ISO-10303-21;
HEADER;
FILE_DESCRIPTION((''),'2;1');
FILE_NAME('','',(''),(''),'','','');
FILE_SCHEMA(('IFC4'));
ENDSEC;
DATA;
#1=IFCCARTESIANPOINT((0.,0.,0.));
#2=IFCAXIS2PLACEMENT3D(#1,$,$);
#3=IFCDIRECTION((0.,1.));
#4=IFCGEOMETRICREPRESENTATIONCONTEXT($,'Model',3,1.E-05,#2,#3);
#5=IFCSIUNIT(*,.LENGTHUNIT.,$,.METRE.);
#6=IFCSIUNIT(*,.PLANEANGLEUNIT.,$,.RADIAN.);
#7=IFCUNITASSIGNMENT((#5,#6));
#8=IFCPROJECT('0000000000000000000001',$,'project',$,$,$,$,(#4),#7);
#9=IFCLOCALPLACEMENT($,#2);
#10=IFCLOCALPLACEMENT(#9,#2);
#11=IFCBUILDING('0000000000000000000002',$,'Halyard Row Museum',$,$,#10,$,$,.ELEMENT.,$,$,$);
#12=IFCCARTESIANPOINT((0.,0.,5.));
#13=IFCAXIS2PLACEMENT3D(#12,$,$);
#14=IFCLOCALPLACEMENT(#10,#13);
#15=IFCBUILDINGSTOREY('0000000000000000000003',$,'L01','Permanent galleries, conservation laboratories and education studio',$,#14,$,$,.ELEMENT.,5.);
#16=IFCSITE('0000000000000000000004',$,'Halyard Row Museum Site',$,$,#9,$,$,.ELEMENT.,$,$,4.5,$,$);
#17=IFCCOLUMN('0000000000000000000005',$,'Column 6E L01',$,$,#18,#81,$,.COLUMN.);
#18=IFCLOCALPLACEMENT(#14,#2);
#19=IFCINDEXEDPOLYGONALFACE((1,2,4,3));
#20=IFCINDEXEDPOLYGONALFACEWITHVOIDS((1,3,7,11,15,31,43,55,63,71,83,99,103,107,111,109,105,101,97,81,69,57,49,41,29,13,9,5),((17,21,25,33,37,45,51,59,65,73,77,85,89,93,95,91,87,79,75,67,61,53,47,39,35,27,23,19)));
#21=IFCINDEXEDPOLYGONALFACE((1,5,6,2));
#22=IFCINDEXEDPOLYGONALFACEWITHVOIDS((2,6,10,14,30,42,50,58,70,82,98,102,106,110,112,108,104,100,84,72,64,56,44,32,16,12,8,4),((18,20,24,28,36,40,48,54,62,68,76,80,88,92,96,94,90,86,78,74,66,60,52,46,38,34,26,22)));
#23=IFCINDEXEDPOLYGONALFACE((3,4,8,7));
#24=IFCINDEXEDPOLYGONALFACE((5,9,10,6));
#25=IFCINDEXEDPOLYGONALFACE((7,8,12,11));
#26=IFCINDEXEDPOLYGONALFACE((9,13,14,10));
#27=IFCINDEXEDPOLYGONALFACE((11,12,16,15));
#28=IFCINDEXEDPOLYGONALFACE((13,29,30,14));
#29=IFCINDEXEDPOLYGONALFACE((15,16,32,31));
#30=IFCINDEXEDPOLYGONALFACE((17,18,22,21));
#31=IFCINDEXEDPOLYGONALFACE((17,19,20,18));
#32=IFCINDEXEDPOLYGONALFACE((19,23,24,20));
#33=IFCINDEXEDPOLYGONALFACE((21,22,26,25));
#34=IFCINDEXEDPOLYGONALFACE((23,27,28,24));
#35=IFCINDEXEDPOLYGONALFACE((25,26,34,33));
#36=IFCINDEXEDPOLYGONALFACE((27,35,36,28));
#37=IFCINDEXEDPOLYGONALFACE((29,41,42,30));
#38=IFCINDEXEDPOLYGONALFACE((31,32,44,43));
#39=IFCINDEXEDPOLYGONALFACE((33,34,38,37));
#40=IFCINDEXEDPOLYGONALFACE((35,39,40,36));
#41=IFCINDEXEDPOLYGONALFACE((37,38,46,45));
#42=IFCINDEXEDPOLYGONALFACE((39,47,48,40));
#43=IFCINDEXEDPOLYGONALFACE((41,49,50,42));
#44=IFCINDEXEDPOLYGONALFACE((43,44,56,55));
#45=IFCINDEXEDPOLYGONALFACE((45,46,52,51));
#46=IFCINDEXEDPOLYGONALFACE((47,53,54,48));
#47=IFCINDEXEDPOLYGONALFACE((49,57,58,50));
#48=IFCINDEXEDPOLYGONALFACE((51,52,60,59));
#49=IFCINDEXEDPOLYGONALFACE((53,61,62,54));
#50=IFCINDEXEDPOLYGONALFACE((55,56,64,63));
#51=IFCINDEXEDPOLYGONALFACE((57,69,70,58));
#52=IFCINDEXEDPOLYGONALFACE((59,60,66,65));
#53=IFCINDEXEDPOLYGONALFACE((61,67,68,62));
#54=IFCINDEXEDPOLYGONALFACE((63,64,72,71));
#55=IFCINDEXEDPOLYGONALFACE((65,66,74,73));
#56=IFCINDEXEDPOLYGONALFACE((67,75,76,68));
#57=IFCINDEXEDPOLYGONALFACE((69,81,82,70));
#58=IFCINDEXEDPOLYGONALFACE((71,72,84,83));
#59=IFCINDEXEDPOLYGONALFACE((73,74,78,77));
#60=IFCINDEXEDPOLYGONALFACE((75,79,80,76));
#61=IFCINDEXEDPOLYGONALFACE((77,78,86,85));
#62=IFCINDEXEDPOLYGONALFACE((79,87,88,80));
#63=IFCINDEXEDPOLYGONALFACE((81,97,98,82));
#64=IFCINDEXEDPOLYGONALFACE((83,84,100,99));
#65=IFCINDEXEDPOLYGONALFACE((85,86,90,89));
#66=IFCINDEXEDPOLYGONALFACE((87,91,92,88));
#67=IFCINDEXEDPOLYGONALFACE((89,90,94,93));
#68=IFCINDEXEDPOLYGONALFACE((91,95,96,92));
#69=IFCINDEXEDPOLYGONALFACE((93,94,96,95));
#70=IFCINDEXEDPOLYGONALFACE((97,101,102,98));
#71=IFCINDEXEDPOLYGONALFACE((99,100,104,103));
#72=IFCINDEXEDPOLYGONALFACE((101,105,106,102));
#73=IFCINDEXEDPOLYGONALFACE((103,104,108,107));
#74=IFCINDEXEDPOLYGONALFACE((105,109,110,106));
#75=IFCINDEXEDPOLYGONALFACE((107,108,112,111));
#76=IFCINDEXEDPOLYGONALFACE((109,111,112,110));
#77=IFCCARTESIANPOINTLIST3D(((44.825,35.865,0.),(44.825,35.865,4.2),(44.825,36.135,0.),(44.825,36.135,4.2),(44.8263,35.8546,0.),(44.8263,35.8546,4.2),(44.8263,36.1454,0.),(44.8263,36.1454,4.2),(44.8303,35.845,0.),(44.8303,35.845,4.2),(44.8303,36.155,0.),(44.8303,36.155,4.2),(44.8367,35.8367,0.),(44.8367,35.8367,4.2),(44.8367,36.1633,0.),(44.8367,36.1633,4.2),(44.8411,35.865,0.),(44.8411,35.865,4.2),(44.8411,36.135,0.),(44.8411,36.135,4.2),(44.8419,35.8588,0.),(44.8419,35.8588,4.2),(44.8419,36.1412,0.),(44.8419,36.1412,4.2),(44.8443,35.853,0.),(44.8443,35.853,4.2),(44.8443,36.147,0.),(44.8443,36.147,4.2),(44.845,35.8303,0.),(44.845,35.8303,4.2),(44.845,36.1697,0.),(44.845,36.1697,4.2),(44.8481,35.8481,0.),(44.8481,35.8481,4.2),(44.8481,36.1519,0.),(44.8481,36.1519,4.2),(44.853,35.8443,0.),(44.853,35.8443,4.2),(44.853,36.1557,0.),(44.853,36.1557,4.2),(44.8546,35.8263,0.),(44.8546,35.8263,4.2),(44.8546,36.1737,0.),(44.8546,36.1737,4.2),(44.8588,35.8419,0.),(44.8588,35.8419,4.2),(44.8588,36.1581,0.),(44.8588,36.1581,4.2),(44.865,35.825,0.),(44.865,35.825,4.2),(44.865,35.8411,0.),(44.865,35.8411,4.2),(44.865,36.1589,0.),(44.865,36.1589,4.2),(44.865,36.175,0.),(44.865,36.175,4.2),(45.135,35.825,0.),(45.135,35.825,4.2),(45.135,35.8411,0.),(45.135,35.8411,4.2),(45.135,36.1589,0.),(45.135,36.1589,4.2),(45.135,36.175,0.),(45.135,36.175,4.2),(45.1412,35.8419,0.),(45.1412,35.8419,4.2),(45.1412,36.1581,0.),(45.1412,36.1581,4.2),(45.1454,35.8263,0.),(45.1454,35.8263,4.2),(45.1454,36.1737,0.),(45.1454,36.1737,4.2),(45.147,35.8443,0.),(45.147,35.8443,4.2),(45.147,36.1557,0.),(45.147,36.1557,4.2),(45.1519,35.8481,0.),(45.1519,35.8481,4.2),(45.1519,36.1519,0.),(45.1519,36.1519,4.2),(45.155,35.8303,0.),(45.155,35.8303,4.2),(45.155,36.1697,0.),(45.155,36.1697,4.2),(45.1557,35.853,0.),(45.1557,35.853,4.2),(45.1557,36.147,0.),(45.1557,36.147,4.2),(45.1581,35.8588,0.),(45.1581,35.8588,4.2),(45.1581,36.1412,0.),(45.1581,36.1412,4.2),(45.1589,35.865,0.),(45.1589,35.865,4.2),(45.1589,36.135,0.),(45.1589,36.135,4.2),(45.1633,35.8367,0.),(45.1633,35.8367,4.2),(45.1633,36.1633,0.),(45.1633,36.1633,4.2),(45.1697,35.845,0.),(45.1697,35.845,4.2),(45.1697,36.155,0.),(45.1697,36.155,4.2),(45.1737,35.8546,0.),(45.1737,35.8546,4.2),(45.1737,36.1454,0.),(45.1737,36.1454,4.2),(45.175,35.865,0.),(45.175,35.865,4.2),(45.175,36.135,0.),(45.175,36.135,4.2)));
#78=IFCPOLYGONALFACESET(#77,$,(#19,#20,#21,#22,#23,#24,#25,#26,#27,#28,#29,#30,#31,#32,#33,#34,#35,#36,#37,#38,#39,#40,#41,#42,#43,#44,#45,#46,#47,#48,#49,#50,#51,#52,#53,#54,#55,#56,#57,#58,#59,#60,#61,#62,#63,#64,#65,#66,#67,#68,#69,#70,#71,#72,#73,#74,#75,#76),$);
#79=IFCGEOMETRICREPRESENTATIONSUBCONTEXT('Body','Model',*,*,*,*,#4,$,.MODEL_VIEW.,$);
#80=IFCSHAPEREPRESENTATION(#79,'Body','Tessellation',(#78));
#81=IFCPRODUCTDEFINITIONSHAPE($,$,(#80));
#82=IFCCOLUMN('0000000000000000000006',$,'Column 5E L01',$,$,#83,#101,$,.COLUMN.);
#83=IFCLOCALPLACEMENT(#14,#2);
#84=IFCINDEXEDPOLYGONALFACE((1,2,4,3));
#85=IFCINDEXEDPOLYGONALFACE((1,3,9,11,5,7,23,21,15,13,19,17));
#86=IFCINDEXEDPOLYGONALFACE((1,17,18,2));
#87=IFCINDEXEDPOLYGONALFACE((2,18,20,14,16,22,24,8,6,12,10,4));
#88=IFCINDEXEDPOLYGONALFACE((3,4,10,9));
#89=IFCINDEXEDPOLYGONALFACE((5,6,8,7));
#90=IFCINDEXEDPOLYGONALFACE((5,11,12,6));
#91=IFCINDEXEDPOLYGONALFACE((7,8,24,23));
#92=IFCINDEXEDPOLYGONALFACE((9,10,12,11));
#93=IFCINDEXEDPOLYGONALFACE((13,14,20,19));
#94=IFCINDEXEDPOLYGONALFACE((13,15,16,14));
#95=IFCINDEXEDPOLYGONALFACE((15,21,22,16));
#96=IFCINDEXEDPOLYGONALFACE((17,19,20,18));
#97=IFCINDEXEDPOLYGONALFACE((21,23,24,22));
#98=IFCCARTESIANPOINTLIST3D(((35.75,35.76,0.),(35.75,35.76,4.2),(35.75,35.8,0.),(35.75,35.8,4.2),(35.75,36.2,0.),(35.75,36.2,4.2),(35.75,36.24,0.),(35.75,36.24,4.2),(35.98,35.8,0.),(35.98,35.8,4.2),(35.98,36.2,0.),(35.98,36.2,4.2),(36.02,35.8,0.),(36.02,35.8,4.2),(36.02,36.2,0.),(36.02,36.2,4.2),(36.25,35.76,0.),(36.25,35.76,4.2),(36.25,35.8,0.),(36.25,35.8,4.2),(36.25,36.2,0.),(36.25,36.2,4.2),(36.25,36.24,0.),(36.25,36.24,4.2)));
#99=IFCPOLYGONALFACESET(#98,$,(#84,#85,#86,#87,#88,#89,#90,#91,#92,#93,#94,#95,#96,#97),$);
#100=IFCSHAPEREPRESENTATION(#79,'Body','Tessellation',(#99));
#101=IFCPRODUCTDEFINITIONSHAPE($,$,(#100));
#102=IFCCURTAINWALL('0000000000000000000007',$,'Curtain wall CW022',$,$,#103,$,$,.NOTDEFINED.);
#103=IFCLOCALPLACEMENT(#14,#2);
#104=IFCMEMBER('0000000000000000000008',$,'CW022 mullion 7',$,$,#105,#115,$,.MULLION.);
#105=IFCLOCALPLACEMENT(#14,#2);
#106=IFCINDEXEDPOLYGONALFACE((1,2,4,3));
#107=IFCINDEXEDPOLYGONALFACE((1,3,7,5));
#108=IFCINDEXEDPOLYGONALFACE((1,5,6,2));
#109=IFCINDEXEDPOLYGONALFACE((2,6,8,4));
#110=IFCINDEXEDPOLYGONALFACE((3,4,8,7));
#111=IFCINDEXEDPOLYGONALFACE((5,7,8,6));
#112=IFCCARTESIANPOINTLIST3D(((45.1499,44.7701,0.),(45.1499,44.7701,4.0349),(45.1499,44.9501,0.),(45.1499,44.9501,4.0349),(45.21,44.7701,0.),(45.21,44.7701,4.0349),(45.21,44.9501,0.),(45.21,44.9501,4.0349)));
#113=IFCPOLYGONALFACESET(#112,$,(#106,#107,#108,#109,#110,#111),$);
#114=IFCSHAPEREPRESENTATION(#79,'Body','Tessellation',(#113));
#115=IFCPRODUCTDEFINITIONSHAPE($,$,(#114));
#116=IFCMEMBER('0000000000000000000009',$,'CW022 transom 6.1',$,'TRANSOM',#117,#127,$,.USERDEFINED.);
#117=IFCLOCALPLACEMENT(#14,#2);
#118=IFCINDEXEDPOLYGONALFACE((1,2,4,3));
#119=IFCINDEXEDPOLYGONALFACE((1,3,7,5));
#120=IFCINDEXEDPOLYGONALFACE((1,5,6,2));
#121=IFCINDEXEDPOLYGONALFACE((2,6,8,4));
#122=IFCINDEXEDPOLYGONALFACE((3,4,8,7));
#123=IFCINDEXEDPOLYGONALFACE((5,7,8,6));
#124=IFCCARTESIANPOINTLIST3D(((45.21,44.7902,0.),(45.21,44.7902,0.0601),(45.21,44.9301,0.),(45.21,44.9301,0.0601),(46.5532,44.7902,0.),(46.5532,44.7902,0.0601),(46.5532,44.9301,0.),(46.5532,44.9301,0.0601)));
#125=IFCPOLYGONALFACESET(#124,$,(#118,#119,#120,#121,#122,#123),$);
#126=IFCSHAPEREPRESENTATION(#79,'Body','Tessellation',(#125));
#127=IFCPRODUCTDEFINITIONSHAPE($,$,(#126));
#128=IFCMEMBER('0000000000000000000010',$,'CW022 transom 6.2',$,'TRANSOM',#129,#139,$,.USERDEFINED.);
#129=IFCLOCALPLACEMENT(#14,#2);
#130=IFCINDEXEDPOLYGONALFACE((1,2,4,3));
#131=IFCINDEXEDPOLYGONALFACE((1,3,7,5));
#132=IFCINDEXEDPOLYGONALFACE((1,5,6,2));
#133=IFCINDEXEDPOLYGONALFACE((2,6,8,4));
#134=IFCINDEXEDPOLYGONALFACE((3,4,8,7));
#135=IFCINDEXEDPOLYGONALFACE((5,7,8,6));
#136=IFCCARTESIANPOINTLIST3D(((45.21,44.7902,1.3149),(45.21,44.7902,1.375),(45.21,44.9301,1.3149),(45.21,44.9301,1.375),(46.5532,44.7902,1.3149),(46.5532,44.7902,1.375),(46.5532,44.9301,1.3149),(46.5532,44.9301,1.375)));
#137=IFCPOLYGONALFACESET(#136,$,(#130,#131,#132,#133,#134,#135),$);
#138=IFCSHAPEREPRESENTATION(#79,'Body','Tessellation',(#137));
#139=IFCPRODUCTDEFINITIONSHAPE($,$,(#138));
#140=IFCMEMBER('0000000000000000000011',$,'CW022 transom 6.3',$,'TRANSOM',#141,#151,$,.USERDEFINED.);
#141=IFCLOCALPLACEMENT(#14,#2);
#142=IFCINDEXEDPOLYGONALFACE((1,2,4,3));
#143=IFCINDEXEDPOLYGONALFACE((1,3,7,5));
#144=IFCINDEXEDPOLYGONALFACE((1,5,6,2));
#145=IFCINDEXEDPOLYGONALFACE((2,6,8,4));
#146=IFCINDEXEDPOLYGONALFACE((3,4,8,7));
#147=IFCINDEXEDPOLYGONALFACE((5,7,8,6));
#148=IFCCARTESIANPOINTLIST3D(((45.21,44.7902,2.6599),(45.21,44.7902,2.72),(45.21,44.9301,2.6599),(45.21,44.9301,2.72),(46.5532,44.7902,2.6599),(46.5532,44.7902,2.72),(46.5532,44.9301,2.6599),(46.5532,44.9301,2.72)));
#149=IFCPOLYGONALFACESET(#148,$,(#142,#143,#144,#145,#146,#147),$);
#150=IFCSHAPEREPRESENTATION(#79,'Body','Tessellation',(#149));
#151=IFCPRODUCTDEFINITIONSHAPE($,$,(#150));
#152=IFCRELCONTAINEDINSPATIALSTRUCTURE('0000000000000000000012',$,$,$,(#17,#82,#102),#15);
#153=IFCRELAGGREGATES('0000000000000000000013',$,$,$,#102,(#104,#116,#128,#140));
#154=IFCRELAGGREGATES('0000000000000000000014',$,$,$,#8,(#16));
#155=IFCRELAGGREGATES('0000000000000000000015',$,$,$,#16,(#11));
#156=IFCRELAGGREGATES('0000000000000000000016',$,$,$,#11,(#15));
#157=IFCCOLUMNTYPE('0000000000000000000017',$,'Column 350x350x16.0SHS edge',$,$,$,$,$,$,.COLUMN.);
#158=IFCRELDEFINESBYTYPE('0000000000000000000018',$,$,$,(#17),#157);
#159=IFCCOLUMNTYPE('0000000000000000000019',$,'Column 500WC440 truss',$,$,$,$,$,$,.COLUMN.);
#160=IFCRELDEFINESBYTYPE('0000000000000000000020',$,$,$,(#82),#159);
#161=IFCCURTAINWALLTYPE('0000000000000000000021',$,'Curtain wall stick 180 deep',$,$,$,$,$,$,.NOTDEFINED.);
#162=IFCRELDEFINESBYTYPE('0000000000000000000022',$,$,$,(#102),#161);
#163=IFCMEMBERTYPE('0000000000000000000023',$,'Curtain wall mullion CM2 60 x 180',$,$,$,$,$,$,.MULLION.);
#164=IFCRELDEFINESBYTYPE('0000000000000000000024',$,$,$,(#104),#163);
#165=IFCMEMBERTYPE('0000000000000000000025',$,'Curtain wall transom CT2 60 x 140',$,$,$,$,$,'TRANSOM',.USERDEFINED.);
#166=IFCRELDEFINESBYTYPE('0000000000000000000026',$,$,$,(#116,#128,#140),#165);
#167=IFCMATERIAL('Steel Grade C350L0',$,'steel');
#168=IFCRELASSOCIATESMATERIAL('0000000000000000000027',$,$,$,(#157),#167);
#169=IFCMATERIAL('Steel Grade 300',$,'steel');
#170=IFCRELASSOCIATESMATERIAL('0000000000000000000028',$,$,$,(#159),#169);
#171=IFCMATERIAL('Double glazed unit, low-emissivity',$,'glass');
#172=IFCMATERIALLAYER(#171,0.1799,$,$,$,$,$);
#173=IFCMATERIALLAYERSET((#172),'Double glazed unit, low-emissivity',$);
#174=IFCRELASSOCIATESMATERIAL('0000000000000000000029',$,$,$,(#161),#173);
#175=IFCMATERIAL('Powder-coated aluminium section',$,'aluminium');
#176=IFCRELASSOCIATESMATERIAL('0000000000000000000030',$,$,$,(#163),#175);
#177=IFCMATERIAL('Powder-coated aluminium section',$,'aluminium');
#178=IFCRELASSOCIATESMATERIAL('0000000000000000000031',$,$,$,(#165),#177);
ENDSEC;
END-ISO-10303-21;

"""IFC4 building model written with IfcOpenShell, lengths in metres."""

from ifc_helpers import new_model, si_unit, direction, frame, origin, origin_2d, place, context, subcontext, project, spatial, rectangle, hollow_rectangle, i_section, extrude, material, layer, layer_set, material_profile, profile_set, type_object, element, aggregate, save


model = new_model("IFC4")

# Units and contexts
model_context = context("Model", 3, precision=1e-05, world=origin(), true_north=direction((0.0, 1.0)))
body_context = subcontext(model_context, "Body", "Model", "MODEL_VIEW")
ifc_project = project(units=[si_unit("LENGTHUNIT", "METRE"), si_unit("PLANEANGLEUNIT", "RADIAN")], contexts=[model_context])

# Site, building, storey
site_placement = place(None, origin())
site = spatial("IfcSite", under=ifc_project, at=site_placement, Name="Halyard Row Museum Site", CompositionType="ELEMENT", RefElevation=4.5)
building_placement = place(site_placement, origin())
building = spatial("IfcBuilding", under=site, at=building_placement, Name="Halyard Row Museum", CompositionType="ELEMENT")
storey_placement = place(building_placement, frame((0.0, 0.0, 5.0)))
storey = spatial("IfcBuildingStorey", under=building, at=storey_placement, Name="L01", Description="Permanent galleries, conservation laboratories and education studio", CompositionType="ELEMENT", Elevation=5.0)

# Columns
ifc_material_1 = material(Name="Steel Grade C350L0", Category="steel")
ifc_material_profile_1 = material_profile(ifc_material_1, hollow_rectangle(XDim=0.3501, YDim=0.3501, WallThickness=0.0161, InnerFilletRadius=0.0239, OuterFilletRadius=0.04, at=origin_2d()), Name="350x350x16.0SHS")
ifc_profile_set_1 = profile_set([ifc_material_profile_1], Name="Steel Grade C350L0")
column_type_1 = type_object("IfcColumnType", Name="Column 350x350x16.0SHS edge", PredefinedType="COLUMN", material=ifc_profile_set_1)
column_1_placement = place(storey_placement, frame((45.0, 36.0, 0.0), z_axis=(0.0, 0.0, 1.0), x_axis=(1.0, 0.0, 0.0)))
element("IfcColumn", 1, at=column_1_placement, inside=storey, type_object=column_type_1, Name="Column 6E L01", PredefinedType="COLUMN", context=body_context, shape_type="SweptSolid", body=[
    extrude(hollow_rectangle(XDim=0.3501, YDim=0.3501, WallThickness=0.0161, InnerFilletRadius=0.0239, OuterFilletRadius=0.04, at=origin_2d()), origin(), (0.0, 0.0, 1.0), 4.2),
])
ifc_material_2 = material(Name="Steel Grade 300", Category="steel")
ifc_material_profile_2 = material_profile(ifc_material_2, i_section(OverallWidth=0.5, OverallDepth=0.48, WebThickness=0.04, FlangeThickness=0.04, at=origin_2d()), Name="500WC440")
ifc_profile_set_2 = profile_set([ifc_material_profile_2], Name="Steel Grade 300")
column_type_2 = type_object("IfcColumnType", Name="Column 500WC440 truss", PredefinedType="COLUMN", material=ifc_profile_set_2)
column_2_placement = place(storey_placement, frame((36.0, 36.0, 0.0), z_axis=(0.0, 0.0, 1.0), x_axis=(1.0, 0.0, 0.0)))
element("IfcColumn", 2, at=column_2_placement, inside=storey, type_object=column_type_2, Name="Column 5E L01", PredefinedType="COLUMN", context=body_context, shape_type="SweptSolid", body=[
    extrude(i_section(OverallWidth=0.5, OverallDepth=0.48, WebThickness=0.04, FlangeThickness=0.04, at=origin_2d()), origin(), (0.0, 0.0, 1.0), 4.2),
])

# Curtain wall, members
ifc_material_3 = material(Name="Double glazed unit, low-emissivity", Category="glass")
ifc_layer_1 = layer(ifc_material_3, 0.1799)
ifc_layer_set_1 = layer_set([ifc_layer_1], Name="Double glazed unit, low-emissivity")
curtain_wall_type = type_object("IfcCurtainWallType", Name="Curtain wall stick 180 deep", PredefinedType="NOTDEFINED", material=ifc_layer_set_1)
curtain_wall_placement = place(storey_placement, origin())
curtain_wall = element("IfcCurtainWall", 3, at=curtain_wall_placement, inside=storey, type_object=curtain_wall_type, Name="Curtain wall CW022", PredefinedType="NOTDEFINED")
ifc_material_4 = material(Name="Powder-coated aluminium section", Category="aluminium")
ifc_material_profile_3 = material_profile(ifc_material_4, rectangle(XDim=0.1799, YDim=0.0601, at=origin_2d()), Name="180x60 mullion")
ifc_profile_set_3 = profile_set([ifc_material_profile_3], Name="Powder-coated aluminium section")
member_type_1 = type_object("IfcMemberType", Name="Curtain wall mullion CM2 60 x 180", PredefinedType="MULLION", material=ifc_profile_set_3)
member_1_placement = place(storey_placement, frame((45.1799, 44.8601, 0.0), z_axis=(0.0, 0.0, 1.0), x_axis=(0.0, -1.0, 0.0)))
member_1 = element("IfcMember", 4, at=member_1_placement, type_object=member_type_1, Name="CW022 mullion 7", PredefinedType="MULLION", context=body_context, shape_type="SweptSolid", body=[
    extrude(rectangle(XDim=0.1799, YDim=0.0601, at=origin_2d()), origin(), (0.0, 0.0, 1.0), 4.0349),
])
ifc_material_5 = material(Name="Powder-coated aluminium section", Category="aluminium")
ifc_material_profile_4 = material_profile(ifc_material_5, rectangle(XDim=0.1399, YDim=0.0601, at=origin_2d()), Name="140x60 transom")
ifc_profile_set_4 = profile_set([ifc_material_profile_4], Name="Powder-coated aluminium section")
member_type_2 = type_object("IfcMemberType", Name="Curtain wall transom CT2 60 x 140", ElementType="TRANSOM", PredefinedType="USERDEFINED", material=ifc_profile_set_4)
member_2_placement = place(storey_placement, frame((46.5532, 44.8601, 0.03), z_axis=(-1.0, 0.0, 0.0), x_axis=(0.0, -1.0, 0.0)))
member_2 = element("IfcMember", 5, at=member_2_placement, type_object=member_type_2, Name="CW022 transom 6.1", ObjectType="TRANSOM", PredefinedType="USERDEFINED", context=body_context, shape_type="SweptSolid", body=[
    extrude(rectangle(XDim=0.1399, YDim=0.0601, at=origin_2d()), origin(), (0.0, 0.0, 1.0), 1.3433),
])
member_3_placement = place(storey_placement, frame((46.5532, 44.8601, 1.345), z_axis=(-1.0, 0.0, 0.0), x_axis=(0.0, -1.0, 0.0)))
member_3 = element("IfcMember", 6, at=member_3_placement, type_object=member_type_2, Name="CW022 transom 6.2", ObjectType="TRANSOM", PredefinedType="USERDEFINED", context=body_context, shape_type="SweptSolid", body=[
    extrude(rectangle(XDim=0.1399, YDim=0.0601, at=origin_2d()), origin(), (0.0, 0.0, 1.0), 1.3433),
])
member_4_placement = place(storey_placement, frame((46.5532, 44.8601, 2.6899), z_axis=(-1.0, 0.0, 0.0), x_axis=(0.0, -1.0, 0.0)))
member_4 = element("IfcMember", 7, at=member_4_placement, type_object=member_type_2, Name="CW022 transom 6.3", ObjectType="TRANSOM", PredefinedType="USERDEFINED", context=body_context, shape_type="SweptSolid", body=[
    extrude(rectangle(XDim=0.1399, YDim=0.0601, at=origin_2d()), origin(), (0.0, 0.0, 1.0), 1.3433),
])

aggregate(curtain_wall, [member_1, member_2, member_3, member_4])

save(model, "model.ifc")
